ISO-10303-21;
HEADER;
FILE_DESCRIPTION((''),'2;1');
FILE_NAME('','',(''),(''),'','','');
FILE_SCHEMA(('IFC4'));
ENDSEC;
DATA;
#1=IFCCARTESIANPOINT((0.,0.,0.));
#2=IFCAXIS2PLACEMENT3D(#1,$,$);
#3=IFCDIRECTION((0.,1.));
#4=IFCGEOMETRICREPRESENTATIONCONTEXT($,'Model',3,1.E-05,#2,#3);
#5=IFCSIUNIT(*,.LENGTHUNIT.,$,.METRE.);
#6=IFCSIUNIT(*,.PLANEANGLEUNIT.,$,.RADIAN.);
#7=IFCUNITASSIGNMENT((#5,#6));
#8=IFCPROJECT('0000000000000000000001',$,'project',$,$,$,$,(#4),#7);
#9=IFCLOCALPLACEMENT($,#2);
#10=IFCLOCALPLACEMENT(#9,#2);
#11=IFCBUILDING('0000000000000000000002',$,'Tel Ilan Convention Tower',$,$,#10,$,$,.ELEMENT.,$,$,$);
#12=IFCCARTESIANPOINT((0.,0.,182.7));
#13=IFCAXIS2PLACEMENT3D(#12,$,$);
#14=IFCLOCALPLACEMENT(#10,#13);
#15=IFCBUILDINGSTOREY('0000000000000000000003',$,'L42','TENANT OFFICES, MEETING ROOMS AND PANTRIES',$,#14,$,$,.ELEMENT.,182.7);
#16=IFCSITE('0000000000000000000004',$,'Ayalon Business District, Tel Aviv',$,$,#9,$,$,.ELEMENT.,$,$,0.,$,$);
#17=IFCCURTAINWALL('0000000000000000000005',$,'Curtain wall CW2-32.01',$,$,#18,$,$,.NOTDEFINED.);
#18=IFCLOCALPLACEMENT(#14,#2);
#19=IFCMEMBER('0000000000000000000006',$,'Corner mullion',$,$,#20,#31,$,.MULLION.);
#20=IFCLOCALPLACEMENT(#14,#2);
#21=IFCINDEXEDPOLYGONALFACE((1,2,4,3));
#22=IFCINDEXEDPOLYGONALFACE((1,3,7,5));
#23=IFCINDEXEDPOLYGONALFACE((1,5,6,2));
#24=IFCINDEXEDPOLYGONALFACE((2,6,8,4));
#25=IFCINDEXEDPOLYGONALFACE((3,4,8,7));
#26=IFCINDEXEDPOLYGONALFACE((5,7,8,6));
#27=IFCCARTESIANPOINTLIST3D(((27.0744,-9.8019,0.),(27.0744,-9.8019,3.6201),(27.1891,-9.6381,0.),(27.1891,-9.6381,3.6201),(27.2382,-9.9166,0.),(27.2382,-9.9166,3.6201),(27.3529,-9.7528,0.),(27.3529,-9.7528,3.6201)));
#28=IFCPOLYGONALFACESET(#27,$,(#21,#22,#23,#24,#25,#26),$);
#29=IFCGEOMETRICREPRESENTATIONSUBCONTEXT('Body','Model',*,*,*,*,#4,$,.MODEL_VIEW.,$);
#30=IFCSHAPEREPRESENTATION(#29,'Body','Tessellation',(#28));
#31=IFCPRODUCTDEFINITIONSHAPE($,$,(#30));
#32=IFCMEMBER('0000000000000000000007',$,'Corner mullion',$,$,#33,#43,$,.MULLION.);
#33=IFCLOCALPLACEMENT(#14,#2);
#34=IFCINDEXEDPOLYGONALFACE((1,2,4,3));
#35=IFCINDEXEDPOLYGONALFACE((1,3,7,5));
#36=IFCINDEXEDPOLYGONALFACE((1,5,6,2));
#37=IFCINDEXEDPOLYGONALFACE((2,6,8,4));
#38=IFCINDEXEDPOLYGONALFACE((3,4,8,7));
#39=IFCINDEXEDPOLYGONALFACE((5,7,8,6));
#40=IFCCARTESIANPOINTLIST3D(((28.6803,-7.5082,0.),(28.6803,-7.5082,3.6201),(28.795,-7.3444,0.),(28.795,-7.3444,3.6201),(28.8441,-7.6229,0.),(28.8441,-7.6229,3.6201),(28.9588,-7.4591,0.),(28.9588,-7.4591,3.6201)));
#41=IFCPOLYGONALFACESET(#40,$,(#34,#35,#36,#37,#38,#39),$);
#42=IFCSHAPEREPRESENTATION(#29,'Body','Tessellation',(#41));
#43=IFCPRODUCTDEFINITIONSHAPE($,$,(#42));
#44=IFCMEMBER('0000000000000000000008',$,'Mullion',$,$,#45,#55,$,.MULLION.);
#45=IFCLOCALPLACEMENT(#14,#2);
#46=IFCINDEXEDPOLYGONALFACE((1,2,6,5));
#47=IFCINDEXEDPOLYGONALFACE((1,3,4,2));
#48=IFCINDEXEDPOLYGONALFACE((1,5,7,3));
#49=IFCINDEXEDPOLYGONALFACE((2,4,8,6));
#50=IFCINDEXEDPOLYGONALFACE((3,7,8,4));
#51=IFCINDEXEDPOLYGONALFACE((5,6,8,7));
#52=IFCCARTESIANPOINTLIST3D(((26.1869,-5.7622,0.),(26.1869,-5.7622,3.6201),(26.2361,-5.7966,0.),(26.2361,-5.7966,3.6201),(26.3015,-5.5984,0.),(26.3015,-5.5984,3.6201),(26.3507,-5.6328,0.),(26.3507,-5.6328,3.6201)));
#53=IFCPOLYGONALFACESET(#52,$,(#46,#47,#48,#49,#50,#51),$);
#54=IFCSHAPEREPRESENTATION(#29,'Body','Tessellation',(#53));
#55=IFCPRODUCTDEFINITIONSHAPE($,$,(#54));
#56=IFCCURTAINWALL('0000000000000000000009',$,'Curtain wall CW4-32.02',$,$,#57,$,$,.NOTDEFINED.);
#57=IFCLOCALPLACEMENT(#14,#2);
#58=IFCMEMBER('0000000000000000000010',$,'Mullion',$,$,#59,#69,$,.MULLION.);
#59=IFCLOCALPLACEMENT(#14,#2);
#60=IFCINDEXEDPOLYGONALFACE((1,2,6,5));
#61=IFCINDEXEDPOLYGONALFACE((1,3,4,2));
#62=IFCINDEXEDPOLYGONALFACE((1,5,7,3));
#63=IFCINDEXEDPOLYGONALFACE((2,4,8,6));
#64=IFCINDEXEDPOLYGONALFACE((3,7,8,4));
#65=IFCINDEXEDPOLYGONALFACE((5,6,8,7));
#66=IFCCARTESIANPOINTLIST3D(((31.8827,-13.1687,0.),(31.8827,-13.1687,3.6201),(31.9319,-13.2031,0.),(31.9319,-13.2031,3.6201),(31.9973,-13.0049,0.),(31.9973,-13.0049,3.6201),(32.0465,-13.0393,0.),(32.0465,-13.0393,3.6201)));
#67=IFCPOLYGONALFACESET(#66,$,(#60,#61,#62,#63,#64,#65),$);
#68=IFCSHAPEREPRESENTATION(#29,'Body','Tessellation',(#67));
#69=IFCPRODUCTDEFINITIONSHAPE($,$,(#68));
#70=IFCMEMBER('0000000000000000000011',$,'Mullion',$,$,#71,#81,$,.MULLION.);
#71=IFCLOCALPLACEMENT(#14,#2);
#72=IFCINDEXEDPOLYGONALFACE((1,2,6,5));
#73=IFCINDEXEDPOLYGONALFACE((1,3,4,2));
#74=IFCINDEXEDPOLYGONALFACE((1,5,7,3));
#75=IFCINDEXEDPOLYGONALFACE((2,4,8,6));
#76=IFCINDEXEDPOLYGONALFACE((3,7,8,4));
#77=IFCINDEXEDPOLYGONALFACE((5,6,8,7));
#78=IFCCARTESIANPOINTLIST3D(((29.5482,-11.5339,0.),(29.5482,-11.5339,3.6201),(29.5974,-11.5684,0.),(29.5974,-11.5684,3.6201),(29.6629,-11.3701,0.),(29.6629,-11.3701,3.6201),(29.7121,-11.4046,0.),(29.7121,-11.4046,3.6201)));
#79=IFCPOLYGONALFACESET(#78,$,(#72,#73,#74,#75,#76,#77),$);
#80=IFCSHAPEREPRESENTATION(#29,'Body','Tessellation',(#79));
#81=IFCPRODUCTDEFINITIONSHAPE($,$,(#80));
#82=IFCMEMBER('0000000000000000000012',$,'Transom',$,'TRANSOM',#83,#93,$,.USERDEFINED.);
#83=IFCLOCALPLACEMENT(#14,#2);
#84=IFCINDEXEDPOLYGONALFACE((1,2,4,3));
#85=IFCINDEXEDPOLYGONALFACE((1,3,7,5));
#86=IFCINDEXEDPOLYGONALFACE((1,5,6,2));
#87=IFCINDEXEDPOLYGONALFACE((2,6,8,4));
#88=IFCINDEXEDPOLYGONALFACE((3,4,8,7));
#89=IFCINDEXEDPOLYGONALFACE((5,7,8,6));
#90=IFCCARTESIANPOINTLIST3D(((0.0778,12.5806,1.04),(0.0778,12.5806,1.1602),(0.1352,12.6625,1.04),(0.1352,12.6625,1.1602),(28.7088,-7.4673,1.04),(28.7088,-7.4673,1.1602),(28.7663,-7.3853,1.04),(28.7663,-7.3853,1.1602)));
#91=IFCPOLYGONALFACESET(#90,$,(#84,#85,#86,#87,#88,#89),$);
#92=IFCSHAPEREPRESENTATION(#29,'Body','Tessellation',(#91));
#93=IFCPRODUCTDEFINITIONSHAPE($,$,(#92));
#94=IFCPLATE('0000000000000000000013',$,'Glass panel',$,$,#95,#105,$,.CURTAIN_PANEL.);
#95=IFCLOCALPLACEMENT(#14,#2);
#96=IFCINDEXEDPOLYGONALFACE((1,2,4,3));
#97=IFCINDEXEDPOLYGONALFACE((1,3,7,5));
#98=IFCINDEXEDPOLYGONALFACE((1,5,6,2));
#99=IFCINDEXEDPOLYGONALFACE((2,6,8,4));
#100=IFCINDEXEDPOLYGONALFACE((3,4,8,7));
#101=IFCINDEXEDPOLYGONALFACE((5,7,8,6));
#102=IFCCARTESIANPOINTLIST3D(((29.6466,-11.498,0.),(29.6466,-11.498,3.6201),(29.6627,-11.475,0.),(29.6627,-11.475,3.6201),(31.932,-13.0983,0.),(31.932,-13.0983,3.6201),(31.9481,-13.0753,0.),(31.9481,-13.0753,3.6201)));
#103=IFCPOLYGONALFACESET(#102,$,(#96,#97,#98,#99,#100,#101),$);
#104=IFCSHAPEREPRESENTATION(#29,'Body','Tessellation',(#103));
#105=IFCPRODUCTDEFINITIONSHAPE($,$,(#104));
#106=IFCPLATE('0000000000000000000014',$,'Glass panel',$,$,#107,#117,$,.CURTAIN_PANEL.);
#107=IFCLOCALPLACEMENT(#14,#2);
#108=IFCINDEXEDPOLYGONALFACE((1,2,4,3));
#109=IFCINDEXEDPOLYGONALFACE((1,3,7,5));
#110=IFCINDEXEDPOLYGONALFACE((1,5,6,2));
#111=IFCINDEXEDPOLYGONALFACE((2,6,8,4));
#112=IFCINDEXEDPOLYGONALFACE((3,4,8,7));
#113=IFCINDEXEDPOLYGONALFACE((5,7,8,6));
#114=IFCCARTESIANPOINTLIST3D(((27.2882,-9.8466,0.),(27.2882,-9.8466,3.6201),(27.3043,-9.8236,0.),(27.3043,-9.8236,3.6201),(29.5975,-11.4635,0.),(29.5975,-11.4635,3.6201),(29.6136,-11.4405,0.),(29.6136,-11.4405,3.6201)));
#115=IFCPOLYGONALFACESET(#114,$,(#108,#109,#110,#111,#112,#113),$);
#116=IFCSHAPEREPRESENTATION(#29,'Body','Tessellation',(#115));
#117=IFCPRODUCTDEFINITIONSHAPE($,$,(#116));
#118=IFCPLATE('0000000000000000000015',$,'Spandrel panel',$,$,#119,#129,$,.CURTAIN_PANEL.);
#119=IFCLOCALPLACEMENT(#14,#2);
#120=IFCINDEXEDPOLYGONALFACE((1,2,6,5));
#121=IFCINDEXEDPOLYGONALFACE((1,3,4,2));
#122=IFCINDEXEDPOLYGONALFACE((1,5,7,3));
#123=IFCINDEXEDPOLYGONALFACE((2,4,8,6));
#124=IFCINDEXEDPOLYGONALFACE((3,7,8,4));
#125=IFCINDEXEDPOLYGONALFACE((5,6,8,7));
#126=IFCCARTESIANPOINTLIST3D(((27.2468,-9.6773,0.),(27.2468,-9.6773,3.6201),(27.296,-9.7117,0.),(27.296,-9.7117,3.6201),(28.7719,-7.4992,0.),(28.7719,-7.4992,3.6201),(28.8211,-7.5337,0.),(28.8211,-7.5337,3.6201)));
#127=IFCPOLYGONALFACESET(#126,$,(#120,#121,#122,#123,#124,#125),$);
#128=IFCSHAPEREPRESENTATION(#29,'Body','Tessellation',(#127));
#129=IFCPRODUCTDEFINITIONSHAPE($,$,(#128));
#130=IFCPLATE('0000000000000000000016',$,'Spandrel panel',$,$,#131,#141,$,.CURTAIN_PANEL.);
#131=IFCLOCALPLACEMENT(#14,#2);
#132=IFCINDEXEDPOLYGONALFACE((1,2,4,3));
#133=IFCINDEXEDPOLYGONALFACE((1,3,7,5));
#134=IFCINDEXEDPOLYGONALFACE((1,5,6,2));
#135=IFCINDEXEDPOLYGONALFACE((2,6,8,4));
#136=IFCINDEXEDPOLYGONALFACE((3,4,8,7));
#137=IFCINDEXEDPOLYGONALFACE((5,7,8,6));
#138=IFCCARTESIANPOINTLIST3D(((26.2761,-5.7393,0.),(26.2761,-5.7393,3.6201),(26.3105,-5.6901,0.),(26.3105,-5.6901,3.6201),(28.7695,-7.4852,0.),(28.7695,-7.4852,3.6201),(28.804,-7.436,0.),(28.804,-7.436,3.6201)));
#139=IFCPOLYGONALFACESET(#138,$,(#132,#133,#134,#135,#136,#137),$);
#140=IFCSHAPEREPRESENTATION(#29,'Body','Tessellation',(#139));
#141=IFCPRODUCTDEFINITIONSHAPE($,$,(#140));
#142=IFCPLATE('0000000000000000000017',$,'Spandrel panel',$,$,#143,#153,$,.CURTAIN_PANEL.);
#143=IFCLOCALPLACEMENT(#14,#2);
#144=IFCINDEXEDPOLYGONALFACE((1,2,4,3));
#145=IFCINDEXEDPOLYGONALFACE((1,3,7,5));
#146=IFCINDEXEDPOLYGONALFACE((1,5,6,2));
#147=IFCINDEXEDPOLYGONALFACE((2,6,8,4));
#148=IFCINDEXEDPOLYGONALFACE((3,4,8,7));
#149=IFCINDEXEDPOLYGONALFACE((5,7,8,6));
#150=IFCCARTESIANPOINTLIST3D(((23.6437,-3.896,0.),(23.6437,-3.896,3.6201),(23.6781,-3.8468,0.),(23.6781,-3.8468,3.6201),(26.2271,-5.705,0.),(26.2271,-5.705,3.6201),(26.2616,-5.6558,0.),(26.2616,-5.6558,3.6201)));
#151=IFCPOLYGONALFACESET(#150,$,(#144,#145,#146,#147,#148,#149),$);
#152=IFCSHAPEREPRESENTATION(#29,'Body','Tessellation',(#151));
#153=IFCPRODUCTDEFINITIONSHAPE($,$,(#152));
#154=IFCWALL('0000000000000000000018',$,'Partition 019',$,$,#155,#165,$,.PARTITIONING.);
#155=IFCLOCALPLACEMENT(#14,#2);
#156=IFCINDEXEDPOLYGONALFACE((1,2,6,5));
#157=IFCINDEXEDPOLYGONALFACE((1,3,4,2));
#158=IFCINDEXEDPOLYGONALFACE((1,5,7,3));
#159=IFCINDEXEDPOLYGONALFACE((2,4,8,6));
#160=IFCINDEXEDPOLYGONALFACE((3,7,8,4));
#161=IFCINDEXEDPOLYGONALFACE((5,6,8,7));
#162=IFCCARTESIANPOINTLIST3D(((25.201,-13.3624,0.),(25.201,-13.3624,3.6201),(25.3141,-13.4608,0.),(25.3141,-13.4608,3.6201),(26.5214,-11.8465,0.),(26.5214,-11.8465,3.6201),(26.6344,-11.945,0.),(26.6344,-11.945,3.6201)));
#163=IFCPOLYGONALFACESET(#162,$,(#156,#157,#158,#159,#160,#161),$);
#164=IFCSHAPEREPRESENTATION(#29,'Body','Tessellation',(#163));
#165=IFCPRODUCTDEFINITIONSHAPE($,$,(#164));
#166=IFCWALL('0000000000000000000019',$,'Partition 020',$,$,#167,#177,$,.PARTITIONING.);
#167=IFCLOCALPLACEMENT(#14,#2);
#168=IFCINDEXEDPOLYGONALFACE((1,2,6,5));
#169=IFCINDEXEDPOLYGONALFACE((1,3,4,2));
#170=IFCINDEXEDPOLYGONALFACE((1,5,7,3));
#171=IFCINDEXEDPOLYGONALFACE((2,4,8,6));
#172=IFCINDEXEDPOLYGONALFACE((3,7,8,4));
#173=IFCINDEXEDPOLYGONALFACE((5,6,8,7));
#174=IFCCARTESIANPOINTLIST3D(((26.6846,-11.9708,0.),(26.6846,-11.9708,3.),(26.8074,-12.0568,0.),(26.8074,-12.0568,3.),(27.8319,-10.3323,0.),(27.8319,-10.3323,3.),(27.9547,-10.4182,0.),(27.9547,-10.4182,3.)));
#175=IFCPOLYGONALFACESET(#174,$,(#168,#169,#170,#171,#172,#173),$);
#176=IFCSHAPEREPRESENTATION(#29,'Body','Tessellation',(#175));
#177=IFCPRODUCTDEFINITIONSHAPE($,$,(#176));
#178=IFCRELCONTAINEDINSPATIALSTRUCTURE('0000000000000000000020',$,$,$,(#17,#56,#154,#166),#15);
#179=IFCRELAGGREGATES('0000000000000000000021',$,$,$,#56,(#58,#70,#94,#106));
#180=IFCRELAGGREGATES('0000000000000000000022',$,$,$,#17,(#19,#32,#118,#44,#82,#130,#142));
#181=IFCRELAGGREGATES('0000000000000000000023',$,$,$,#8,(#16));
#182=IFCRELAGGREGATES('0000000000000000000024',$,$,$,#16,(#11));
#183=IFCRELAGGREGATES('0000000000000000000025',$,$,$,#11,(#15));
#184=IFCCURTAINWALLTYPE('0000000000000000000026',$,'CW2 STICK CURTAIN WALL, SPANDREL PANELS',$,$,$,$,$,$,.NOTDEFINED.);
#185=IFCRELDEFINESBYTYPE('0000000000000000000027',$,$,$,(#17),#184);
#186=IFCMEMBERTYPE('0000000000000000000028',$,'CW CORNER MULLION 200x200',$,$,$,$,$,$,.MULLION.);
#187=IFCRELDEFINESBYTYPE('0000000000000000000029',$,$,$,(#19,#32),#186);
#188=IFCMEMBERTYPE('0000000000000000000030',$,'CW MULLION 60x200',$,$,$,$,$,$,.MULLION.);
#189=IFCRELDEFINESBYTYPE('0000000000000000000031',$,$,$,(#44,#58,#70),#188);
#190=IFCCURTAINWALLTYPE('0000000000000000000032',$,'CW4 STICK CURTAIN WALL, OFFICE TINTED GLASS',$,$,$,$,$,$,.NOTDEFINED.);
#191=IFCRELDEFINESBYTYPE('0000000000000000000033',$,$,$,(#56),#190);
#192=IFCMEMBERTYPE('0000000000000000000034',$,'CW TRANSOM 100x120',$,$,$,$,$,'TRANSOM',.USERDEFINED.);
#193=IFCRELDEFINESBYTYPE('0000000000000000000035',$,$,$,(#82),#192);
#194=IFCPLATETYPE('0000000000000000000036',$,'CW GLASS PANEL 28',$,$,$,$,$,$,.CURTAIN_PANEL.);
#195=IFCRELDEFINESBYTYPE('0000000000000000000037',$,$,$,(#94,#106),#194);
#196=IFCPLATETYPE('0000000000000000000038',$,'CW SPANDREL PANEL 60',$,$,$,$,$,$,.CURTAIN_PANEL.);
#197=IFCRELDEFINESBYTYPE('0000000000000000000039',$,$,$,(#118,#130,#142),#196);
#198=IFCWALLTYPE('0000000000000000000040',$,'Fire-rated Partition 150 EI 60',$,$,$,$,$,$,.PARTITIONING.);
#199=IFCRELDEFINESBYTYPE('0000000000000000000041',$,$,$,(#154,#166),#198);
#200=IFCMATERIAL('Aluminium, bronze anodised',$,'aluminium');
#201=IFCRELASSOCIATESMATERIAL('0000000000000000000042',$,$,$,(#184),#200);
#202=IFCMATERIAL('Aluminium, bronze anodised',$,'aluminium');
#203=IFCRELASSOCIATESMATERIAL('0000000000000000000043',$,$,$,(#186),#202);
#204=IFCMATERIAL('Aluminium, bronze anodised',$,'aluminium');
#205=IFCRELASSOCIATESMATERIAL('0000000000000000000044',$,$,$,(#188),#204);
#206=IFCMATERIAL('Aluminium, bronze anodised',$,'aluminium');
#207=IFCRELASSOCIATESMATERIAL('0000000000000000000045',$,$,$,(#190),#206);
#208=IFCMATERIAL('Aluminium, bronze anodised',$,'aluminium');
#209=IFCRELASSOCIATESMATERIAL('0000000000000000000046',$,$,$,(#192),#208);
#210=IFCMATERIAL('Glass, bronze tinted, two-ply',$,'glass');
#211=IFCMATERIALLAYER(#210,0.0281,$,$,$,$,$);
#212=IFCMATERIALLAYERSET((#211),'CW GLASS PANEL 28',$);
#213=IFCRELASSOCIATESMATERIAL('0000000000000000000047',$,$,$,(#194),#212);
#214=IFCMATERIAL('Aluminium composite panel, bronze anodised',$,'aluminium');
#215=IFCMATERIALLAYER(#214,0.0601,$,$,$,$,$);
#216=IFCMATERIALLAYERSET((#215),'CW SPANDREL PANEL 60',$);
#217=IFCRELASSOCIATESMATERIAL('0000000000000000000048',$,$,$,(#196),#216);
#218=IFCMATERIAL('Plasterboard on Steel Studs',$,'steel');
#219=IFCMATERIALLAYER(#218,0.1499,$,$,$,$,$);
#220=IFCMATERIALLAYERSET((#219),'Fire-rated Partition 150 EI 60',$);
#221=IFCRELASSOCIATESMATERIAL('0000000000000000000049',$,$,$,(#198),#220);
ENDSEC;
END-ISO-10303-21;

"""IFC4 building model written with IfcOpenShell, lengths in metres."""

from ifc_helpers import new_model, si_unit, direction, frame, frame_2d, origin, origin_2d, place, context, subcontext, project, spatial, rectangle, extrude, material, layer, layer_set, material_profile, profile_set, type_object, element, aggregate, save


model = new_model("IFC4")

# Units and contexts
model_context = context("Model", 3, precision=1e-05, world=origin(), true_north=direction((0.0, 1.0)))
body_context = subcontext(model_context, "Body", "Model", "MODEL_VIEW")
ifc_project = project(units=[si_unit("LENGTHUNIT", "METRE"), si_unit("PLANEANGLEUNIT", "RADIAN")], contexts=[model_context])

# Site, building, storey
site_placement = place(None, origin())
site = spatial("IfcSite", under=ifc_project, at=site_placement, Name="Ayalon Business District, Tel Aviv", CompositionType="ELEMENT", RefElevation=0.0)
building_placement = place(site_placement, origin())
building = spatial("IfcBuilding", under=site, at=building_placement, Name="Tel Ilan Convention Tower", CompositionType="ELEMENT")
storey_placement = place(building_placement, frame((0.0, 0.0, 182.7)))
storey = spatial("IfcBuildingStorey", under=building, at=storey_placement, Name="L42", Description="TENANT OFFICES, MEETING ROOMS AND PANTRIES", CompositionType="ELEMENT", Elevation=182.7)

# Curtain walls, members
ifc_material_1 = material(Name="Aluminium, bronze anodised", Category="aluminium")
curtain_wall_type_1 = type_object("IfcCurtainWallType", Name="CW2 STICK CURTAIN WALL, SPANDREL PANELS", PredefinedType="NOTDEFINED", material=ifc_material_1)
curtain_wall_1_placement = place(storey_placement, origin())
curtain_wall_1 = element("IfcCurtainWall", 1, at=curtain_wall_1_placement, inside=storey, type_object=curtain_wall_type_1, Name="Curtain wall CW2-32.01", PredefinedType="NOTDEFINED")
ifc_material_2 = material(Name="Aluminium, bronze anodised", Category="aluminium")
ifc_material_profile_1 = material_profile(ifc_material_2, rectangle(XDim=0.2, YDim=0.2, at=origin_2d()), Name="CW CORNER MULLION 200x200")
ifc_profile_set_1 = profile_set([ifc_material_profile_1], Name="Aluminium, bronze anodised")
member_type_1 = type_object("IfcMemberType", Name="CW CORNER MULLION 200x200", PredefinedType="MULLION", material=ifc_profile_set_1)
member_1_placement = place(storey_placement, frame((27.2136, -9.7773, 0.0), z_axis=(0.0, 0.0, 1.0), x_axis=(-0.819152, 0.573576, 0.0)))
member_1 = element("IfcMember", 2, at=member_1_placement, type_object=member_type_1, Name="Corner mullion", PredefinedType="MULLION", context=body_context, shape_type="SweptSolid", body=[
    extrude(rectangle(XDim=0.2, YDim=0.2, at=origin_2d()), origin(), (0.0, 0.0, 1.0), 3.6201),
])
member_2_placement = place(storey_placement, frame((28.8196, -7.4836, 0.0), z_axis=(0.0, 0.0, 1.0), x_axis=(0.573576, 0.819152, 0.0)))
member_2 = element("IfcMember", 3, at=member_2_placement, type_object=member_type_1, Name="Corner mullion", PredefinedType="MULLION", context=body_context, shape_type="SweptSolid", body=[
    extrude(rectangle(XDim=0.2, YDim=0.2, at=origin_2d()), origin(), (0.0, 0.0, 1.0), 3.6201),
])
ifc_material_3 = material(Name="Aluminium, bronze anodised", Category="aluminium")
ifc_material_profile_2 = material_profile(ifc_material_3, rectangle(XDim=0.0601, YDim=0.2, at=origin_2d()), Name="CW MULLION 60x200")
ifc_profile_set_2 = profile_set([ifc_material_profile_2], Name="Aluminium, bronze anodised")
member_type_2 = type_object("IfcMemberType", Name="CW MULLION 60x200", PredefinedType="MULLION", material=ifc_profile_set_2)
member_3_placement = place(storey_placement, frame((26.2688, -5.6975, 0.0), z_axis=(0.0, 0.0, 1.0), x_axis=(-0.819152, 0.573576, 0.0)))
member_3 = element("IfcMember", 4, at=member_3_placement, type_object=member_type_2, Name="Mullion", PredefinedType="MULLION", context=body_context, shape_type="SweptSolid", body=[
    extrude(rectangle(XDim=0.0601, YDim=0.2, at=origin_2d()), origin(), (0.0, 0.0, 1.0), 3.6201),
])
ifc_material_4 = material(Name="Aluminium, bronze anodised", Category="aluminium")
curtain_wall_type_2 = type_object("IfcCurtainWallType", Name="CW4 STICK CURTAIN WALL, OFFICE TINTED GLASS", PredefinedType="NOTDEFINED", material=ifc_material_4)
curtain_wall_2_placement = place(storey_placement, origin())
curtain_wall_2 = element("IfcCurtainWall", 5, at=curtain_wall_2_placement, inside=storey, type_object=curtain_wall_type_2, Name="Curtain wall CW4-32.02", PredefinedType="NOTDEFINED")
member_4_placement = place(storey_placement, frame((31.9646, -13.104, 0.0), z_axis=(0.0, 0.0, 1.0), x_axis=(-0.819152, 0.573576, 0.0)))
member_4 = element("IfcMember", 6, at=member_4_placement, type_object=member_type_2, Name="Mullion", PredefinedType="MULLION", context=body_context, shape_type="SweptSolid", body=[
    extrude(rectangle(XDim=0.0601, YDim=0.2, at=origin_2d()), origin(), (0.0, 0.0, 1.0), 3.6201),
])
member_5_placement = place(storey_placement, frame((29.6301, -11.4692, 0.0), z_axis=(0.0, 0.0, 1.0), x_axis=(-0.819152, 0.573576, 0.0)))
member_5 = element("IfcMember", 7, at=member_5_placement, type_object=member_type_2, Name="Mullion", PredefinedType="MULLION", context=body_context, shape_type="SweptSolid", body=[
    extrude(rectangle(XDim=0.0601, YDim=0.2, at=origin_2d()), origin(), (0.0, 0.0, 1.0), 3.6201),
])

# Member
ifc_material_5 = material(Name="Aluminium, bronze anodised", Category="aluminium")
ifc_material_profile_3 = material_profile(ifc_material_5, rectangle(XDim=0.1001, YDim=0.1201, at=origin_2d()), Name="CW TRANSOM 100x120")
ifc_profile_set_3 = profile_set([ifc_material_profile_3], Name="Aluminium, bronze anodised")
member_type_3 = type_object("IfcMemberType", Name="CW TRANSOM 100x120", ElementType="TRANSOM", PredefinedType="USERDEFINED", material=ifc_profile_set_3)
member_6_placement = place(storey_placement, frame((28.7375, -7.4263, 1.1001), z_axis=(-0.81915, 0.573579, 0.0), x_axis=(-0.573579, -0.81915, 0.0)))
member_6 = element("IfcMember", 8, at=member_6_placement, type_object=member_type_3, Name="Transom", ObjectType="TRANSOM", PredefinedType="USERDEFINED", context=body_context, shape_type="SweptSolid", body=[
    extrude(rectangle(XDim=0.1001, YDim=0.1201, at=origin_2d()), origin(), (0.0, 0.0, 1.0), 34.9521),
])

# Plates
ifc_material_6 = material(Name="Glass, bronze tinted, two-ply", Category="glass")
ifc_layer_1 = layer(ifc_material_6, 0.0281)
ifc_layer_set_1 = layer_set([ifc_layer_1], Name="CW GLASS PANEL 28")
plate_type_1 = type_object("IfcPlateType", Name="CW GLASS PANEL 28", PredefinedType="CURTAIN_PANEL", material=ifc_layer_set_1)
plate_1_placement = place(storey_placement, frame((30.7974, -12.2866, 0.0), z_axis=(0.0, 0.0, 1.0), x_axis=(-0.819152, 0.573576, 0.0)))
plate_1 = element("IfcPlate", 9, at=plate_1_placement, type_object=plate_type_1, Name="Glass panel", PredefinedType="CURTAIN_PANEL", context=body_context, shape_type="SweptSolid", body=[
    extrude(rectangle(XDim=2.79, YDim=0.0281, at=origin_2d()), origin(), (0.0, 0.0, 1.0), 3.6201),
])
plate_2_placement = place(storey_placement, frame((28.4509, -10.6436, 0.0), z_axis=(0.0, 0.0, 1.0), x_axis=(-0.819152, 0.573576, 0.0)))
plate_2 = element("IfcPlate", 10, at=plate_2_placement, type_object=plate_type_1, Name="Glass panel", PredefinedType="CURTAIN_PANEL", context=body_context, shape_type="SweptSolid", body=[
    extrude(rectangle(XDim=2.8191, YDim=0.0281, at=origin_2d()), origin(), (0.0, 0.0, 1.0), 3.6201),
])
aggregate(curtain_wall_2, [member_4, member_5, plate_1, plate_2])
ifc_material_7 = material(Name="Aluminium composite panel, bronze anodised", Category="aluminium")
ifc_layer_2 = layer(ifc_material_7, 0.0601)
ifc_layer_set_2 = layer_set([ifc_layer_2], Name="CW SPANDREL PANEL 60")
plate_type_2 = type_object("IfcPlateType", Name="CW SPANDREL PANEL 60", PredefinedType="CURTAIN_PANEL", material=ifc_layer_set_2)
plate_3_placement = place(storey_placement, frame((28.0339, -8.6055, 0.0), z_axis=(0.0, 0.0, 1.0), x_axis=(0.573576, 0.819152, 0.0)))
plate_3 = element("IfcPlate", 11, at=plate_3_placement, type_object=plate_type_2, Name="Spandrel panel", PredefinedType="CURTAIN_PANEL", context=body_context, shape_type="SweptSolid", body=[
    extrude(rectangle(XDim=2.6589, YDim=0.0601, at=origin_2d()), origin(), (0.0, 0.0, 1.0), 3.6201),
])
plate_4_placement = place(storey_placement, frame((27.54, -6.5876, 0.0), z_axis=(0.0, 0.0, 1.0), x_axis=(-0.819152, 0.573576, 0.0)))
plate_4 = element("IfcPlate", 12, at=plate_4_placement, type_object=plate_type_2, Name="Spandrel panel", PredefinedType="CURTAIN_PANEL", context=body_context, shape_type="SweptSolid", body=[
    extrude(rectangle(XDim=3.0439, YDim=0.0601, at=origin_2d()), origin(), (0.0, 0.0, 1.0), 3.6201),
])
plate_5_placement = place(storey_placement, frame((24.9526, -4.7759, 0.0), z_axis=(0.0, 0.0, 1.0), x_axis=(-0.819152, 0.573576, 0.0)))
plate_5 = element("IfcPlate", 13, at=plate_5_placement, type_object=plate_type_2, Name="Spandrel panel", PredefinedType="CURTAIN_PANEL", context=body_context, shape_type="SweptSolid", body=[
    extrude(rectangle(XDim=3.1538, YDim=0.0601, at=origin_2d()), origin(), (0.0, 0.0, 1.0), 3.6201),
])
aggregate(curtain_wall_1, [member_1, member_2, plate_3, member_3, member_6, plate_4, plate_5])

# Walls
ifc_material_8 = material(Name="Plasterboard on Steel Studs", Category="steel")
ifc_layer_3 = layer(ifc_material_8, 0.1499)
ifc_layer_set_3 = layer_set([ifc_layer_3], Name="Fire-rated Partition 150 EI 60")
wall_type_1 = type_object("IfcWallType", Name="Fire-rated Partition 150 EI 60", PredefinedType="PARTITIONING", material=ifc_layer_set_3)
wall_1_placement = place(storey_placement, frame((25.2576, -13.4116, 0.0), z_axis=(0.0, 0.0, 1.0), x_axis=(0.656792, 0.754072, 0.0)))
element("IfcWall", 14, at=wall_1_placement, inside=storey, type_object=wall_type_1, Name="Partition 019", PredefinedType="PARTITIONING", context=body_context, shape_type="SweptSolid", body=[
    extrude(rectangle(XDim=2.0103, YDim=0.1499, at=frame_2d((1.0051, 0.0))), origin(), (0.0, 0.0, 1.0), 3.6201),
])
wall_2_placement = place(storey_placement, frame((26.7461, -12.0137, 0.0), z_axis=(0.0, 0.0, 1.0), x_axis=(0.573569, 0.819157, 0.0)))
element("IfcWall", 15, at=wall_2_placement, inside=storey, type_object=wall_type_1, Name="Partition 020", PredefinedType="PARTITIONING", context=body_context, shape_type="SweptSolid", body=[
    extrude(rectangle(XDim=2.0002, YDim=0.1499, at=frame_2d((1.0, 0.0))), origin(), (0.0, 0.0, 1.0), 3.0),
])

save(model, "model.ifc")
